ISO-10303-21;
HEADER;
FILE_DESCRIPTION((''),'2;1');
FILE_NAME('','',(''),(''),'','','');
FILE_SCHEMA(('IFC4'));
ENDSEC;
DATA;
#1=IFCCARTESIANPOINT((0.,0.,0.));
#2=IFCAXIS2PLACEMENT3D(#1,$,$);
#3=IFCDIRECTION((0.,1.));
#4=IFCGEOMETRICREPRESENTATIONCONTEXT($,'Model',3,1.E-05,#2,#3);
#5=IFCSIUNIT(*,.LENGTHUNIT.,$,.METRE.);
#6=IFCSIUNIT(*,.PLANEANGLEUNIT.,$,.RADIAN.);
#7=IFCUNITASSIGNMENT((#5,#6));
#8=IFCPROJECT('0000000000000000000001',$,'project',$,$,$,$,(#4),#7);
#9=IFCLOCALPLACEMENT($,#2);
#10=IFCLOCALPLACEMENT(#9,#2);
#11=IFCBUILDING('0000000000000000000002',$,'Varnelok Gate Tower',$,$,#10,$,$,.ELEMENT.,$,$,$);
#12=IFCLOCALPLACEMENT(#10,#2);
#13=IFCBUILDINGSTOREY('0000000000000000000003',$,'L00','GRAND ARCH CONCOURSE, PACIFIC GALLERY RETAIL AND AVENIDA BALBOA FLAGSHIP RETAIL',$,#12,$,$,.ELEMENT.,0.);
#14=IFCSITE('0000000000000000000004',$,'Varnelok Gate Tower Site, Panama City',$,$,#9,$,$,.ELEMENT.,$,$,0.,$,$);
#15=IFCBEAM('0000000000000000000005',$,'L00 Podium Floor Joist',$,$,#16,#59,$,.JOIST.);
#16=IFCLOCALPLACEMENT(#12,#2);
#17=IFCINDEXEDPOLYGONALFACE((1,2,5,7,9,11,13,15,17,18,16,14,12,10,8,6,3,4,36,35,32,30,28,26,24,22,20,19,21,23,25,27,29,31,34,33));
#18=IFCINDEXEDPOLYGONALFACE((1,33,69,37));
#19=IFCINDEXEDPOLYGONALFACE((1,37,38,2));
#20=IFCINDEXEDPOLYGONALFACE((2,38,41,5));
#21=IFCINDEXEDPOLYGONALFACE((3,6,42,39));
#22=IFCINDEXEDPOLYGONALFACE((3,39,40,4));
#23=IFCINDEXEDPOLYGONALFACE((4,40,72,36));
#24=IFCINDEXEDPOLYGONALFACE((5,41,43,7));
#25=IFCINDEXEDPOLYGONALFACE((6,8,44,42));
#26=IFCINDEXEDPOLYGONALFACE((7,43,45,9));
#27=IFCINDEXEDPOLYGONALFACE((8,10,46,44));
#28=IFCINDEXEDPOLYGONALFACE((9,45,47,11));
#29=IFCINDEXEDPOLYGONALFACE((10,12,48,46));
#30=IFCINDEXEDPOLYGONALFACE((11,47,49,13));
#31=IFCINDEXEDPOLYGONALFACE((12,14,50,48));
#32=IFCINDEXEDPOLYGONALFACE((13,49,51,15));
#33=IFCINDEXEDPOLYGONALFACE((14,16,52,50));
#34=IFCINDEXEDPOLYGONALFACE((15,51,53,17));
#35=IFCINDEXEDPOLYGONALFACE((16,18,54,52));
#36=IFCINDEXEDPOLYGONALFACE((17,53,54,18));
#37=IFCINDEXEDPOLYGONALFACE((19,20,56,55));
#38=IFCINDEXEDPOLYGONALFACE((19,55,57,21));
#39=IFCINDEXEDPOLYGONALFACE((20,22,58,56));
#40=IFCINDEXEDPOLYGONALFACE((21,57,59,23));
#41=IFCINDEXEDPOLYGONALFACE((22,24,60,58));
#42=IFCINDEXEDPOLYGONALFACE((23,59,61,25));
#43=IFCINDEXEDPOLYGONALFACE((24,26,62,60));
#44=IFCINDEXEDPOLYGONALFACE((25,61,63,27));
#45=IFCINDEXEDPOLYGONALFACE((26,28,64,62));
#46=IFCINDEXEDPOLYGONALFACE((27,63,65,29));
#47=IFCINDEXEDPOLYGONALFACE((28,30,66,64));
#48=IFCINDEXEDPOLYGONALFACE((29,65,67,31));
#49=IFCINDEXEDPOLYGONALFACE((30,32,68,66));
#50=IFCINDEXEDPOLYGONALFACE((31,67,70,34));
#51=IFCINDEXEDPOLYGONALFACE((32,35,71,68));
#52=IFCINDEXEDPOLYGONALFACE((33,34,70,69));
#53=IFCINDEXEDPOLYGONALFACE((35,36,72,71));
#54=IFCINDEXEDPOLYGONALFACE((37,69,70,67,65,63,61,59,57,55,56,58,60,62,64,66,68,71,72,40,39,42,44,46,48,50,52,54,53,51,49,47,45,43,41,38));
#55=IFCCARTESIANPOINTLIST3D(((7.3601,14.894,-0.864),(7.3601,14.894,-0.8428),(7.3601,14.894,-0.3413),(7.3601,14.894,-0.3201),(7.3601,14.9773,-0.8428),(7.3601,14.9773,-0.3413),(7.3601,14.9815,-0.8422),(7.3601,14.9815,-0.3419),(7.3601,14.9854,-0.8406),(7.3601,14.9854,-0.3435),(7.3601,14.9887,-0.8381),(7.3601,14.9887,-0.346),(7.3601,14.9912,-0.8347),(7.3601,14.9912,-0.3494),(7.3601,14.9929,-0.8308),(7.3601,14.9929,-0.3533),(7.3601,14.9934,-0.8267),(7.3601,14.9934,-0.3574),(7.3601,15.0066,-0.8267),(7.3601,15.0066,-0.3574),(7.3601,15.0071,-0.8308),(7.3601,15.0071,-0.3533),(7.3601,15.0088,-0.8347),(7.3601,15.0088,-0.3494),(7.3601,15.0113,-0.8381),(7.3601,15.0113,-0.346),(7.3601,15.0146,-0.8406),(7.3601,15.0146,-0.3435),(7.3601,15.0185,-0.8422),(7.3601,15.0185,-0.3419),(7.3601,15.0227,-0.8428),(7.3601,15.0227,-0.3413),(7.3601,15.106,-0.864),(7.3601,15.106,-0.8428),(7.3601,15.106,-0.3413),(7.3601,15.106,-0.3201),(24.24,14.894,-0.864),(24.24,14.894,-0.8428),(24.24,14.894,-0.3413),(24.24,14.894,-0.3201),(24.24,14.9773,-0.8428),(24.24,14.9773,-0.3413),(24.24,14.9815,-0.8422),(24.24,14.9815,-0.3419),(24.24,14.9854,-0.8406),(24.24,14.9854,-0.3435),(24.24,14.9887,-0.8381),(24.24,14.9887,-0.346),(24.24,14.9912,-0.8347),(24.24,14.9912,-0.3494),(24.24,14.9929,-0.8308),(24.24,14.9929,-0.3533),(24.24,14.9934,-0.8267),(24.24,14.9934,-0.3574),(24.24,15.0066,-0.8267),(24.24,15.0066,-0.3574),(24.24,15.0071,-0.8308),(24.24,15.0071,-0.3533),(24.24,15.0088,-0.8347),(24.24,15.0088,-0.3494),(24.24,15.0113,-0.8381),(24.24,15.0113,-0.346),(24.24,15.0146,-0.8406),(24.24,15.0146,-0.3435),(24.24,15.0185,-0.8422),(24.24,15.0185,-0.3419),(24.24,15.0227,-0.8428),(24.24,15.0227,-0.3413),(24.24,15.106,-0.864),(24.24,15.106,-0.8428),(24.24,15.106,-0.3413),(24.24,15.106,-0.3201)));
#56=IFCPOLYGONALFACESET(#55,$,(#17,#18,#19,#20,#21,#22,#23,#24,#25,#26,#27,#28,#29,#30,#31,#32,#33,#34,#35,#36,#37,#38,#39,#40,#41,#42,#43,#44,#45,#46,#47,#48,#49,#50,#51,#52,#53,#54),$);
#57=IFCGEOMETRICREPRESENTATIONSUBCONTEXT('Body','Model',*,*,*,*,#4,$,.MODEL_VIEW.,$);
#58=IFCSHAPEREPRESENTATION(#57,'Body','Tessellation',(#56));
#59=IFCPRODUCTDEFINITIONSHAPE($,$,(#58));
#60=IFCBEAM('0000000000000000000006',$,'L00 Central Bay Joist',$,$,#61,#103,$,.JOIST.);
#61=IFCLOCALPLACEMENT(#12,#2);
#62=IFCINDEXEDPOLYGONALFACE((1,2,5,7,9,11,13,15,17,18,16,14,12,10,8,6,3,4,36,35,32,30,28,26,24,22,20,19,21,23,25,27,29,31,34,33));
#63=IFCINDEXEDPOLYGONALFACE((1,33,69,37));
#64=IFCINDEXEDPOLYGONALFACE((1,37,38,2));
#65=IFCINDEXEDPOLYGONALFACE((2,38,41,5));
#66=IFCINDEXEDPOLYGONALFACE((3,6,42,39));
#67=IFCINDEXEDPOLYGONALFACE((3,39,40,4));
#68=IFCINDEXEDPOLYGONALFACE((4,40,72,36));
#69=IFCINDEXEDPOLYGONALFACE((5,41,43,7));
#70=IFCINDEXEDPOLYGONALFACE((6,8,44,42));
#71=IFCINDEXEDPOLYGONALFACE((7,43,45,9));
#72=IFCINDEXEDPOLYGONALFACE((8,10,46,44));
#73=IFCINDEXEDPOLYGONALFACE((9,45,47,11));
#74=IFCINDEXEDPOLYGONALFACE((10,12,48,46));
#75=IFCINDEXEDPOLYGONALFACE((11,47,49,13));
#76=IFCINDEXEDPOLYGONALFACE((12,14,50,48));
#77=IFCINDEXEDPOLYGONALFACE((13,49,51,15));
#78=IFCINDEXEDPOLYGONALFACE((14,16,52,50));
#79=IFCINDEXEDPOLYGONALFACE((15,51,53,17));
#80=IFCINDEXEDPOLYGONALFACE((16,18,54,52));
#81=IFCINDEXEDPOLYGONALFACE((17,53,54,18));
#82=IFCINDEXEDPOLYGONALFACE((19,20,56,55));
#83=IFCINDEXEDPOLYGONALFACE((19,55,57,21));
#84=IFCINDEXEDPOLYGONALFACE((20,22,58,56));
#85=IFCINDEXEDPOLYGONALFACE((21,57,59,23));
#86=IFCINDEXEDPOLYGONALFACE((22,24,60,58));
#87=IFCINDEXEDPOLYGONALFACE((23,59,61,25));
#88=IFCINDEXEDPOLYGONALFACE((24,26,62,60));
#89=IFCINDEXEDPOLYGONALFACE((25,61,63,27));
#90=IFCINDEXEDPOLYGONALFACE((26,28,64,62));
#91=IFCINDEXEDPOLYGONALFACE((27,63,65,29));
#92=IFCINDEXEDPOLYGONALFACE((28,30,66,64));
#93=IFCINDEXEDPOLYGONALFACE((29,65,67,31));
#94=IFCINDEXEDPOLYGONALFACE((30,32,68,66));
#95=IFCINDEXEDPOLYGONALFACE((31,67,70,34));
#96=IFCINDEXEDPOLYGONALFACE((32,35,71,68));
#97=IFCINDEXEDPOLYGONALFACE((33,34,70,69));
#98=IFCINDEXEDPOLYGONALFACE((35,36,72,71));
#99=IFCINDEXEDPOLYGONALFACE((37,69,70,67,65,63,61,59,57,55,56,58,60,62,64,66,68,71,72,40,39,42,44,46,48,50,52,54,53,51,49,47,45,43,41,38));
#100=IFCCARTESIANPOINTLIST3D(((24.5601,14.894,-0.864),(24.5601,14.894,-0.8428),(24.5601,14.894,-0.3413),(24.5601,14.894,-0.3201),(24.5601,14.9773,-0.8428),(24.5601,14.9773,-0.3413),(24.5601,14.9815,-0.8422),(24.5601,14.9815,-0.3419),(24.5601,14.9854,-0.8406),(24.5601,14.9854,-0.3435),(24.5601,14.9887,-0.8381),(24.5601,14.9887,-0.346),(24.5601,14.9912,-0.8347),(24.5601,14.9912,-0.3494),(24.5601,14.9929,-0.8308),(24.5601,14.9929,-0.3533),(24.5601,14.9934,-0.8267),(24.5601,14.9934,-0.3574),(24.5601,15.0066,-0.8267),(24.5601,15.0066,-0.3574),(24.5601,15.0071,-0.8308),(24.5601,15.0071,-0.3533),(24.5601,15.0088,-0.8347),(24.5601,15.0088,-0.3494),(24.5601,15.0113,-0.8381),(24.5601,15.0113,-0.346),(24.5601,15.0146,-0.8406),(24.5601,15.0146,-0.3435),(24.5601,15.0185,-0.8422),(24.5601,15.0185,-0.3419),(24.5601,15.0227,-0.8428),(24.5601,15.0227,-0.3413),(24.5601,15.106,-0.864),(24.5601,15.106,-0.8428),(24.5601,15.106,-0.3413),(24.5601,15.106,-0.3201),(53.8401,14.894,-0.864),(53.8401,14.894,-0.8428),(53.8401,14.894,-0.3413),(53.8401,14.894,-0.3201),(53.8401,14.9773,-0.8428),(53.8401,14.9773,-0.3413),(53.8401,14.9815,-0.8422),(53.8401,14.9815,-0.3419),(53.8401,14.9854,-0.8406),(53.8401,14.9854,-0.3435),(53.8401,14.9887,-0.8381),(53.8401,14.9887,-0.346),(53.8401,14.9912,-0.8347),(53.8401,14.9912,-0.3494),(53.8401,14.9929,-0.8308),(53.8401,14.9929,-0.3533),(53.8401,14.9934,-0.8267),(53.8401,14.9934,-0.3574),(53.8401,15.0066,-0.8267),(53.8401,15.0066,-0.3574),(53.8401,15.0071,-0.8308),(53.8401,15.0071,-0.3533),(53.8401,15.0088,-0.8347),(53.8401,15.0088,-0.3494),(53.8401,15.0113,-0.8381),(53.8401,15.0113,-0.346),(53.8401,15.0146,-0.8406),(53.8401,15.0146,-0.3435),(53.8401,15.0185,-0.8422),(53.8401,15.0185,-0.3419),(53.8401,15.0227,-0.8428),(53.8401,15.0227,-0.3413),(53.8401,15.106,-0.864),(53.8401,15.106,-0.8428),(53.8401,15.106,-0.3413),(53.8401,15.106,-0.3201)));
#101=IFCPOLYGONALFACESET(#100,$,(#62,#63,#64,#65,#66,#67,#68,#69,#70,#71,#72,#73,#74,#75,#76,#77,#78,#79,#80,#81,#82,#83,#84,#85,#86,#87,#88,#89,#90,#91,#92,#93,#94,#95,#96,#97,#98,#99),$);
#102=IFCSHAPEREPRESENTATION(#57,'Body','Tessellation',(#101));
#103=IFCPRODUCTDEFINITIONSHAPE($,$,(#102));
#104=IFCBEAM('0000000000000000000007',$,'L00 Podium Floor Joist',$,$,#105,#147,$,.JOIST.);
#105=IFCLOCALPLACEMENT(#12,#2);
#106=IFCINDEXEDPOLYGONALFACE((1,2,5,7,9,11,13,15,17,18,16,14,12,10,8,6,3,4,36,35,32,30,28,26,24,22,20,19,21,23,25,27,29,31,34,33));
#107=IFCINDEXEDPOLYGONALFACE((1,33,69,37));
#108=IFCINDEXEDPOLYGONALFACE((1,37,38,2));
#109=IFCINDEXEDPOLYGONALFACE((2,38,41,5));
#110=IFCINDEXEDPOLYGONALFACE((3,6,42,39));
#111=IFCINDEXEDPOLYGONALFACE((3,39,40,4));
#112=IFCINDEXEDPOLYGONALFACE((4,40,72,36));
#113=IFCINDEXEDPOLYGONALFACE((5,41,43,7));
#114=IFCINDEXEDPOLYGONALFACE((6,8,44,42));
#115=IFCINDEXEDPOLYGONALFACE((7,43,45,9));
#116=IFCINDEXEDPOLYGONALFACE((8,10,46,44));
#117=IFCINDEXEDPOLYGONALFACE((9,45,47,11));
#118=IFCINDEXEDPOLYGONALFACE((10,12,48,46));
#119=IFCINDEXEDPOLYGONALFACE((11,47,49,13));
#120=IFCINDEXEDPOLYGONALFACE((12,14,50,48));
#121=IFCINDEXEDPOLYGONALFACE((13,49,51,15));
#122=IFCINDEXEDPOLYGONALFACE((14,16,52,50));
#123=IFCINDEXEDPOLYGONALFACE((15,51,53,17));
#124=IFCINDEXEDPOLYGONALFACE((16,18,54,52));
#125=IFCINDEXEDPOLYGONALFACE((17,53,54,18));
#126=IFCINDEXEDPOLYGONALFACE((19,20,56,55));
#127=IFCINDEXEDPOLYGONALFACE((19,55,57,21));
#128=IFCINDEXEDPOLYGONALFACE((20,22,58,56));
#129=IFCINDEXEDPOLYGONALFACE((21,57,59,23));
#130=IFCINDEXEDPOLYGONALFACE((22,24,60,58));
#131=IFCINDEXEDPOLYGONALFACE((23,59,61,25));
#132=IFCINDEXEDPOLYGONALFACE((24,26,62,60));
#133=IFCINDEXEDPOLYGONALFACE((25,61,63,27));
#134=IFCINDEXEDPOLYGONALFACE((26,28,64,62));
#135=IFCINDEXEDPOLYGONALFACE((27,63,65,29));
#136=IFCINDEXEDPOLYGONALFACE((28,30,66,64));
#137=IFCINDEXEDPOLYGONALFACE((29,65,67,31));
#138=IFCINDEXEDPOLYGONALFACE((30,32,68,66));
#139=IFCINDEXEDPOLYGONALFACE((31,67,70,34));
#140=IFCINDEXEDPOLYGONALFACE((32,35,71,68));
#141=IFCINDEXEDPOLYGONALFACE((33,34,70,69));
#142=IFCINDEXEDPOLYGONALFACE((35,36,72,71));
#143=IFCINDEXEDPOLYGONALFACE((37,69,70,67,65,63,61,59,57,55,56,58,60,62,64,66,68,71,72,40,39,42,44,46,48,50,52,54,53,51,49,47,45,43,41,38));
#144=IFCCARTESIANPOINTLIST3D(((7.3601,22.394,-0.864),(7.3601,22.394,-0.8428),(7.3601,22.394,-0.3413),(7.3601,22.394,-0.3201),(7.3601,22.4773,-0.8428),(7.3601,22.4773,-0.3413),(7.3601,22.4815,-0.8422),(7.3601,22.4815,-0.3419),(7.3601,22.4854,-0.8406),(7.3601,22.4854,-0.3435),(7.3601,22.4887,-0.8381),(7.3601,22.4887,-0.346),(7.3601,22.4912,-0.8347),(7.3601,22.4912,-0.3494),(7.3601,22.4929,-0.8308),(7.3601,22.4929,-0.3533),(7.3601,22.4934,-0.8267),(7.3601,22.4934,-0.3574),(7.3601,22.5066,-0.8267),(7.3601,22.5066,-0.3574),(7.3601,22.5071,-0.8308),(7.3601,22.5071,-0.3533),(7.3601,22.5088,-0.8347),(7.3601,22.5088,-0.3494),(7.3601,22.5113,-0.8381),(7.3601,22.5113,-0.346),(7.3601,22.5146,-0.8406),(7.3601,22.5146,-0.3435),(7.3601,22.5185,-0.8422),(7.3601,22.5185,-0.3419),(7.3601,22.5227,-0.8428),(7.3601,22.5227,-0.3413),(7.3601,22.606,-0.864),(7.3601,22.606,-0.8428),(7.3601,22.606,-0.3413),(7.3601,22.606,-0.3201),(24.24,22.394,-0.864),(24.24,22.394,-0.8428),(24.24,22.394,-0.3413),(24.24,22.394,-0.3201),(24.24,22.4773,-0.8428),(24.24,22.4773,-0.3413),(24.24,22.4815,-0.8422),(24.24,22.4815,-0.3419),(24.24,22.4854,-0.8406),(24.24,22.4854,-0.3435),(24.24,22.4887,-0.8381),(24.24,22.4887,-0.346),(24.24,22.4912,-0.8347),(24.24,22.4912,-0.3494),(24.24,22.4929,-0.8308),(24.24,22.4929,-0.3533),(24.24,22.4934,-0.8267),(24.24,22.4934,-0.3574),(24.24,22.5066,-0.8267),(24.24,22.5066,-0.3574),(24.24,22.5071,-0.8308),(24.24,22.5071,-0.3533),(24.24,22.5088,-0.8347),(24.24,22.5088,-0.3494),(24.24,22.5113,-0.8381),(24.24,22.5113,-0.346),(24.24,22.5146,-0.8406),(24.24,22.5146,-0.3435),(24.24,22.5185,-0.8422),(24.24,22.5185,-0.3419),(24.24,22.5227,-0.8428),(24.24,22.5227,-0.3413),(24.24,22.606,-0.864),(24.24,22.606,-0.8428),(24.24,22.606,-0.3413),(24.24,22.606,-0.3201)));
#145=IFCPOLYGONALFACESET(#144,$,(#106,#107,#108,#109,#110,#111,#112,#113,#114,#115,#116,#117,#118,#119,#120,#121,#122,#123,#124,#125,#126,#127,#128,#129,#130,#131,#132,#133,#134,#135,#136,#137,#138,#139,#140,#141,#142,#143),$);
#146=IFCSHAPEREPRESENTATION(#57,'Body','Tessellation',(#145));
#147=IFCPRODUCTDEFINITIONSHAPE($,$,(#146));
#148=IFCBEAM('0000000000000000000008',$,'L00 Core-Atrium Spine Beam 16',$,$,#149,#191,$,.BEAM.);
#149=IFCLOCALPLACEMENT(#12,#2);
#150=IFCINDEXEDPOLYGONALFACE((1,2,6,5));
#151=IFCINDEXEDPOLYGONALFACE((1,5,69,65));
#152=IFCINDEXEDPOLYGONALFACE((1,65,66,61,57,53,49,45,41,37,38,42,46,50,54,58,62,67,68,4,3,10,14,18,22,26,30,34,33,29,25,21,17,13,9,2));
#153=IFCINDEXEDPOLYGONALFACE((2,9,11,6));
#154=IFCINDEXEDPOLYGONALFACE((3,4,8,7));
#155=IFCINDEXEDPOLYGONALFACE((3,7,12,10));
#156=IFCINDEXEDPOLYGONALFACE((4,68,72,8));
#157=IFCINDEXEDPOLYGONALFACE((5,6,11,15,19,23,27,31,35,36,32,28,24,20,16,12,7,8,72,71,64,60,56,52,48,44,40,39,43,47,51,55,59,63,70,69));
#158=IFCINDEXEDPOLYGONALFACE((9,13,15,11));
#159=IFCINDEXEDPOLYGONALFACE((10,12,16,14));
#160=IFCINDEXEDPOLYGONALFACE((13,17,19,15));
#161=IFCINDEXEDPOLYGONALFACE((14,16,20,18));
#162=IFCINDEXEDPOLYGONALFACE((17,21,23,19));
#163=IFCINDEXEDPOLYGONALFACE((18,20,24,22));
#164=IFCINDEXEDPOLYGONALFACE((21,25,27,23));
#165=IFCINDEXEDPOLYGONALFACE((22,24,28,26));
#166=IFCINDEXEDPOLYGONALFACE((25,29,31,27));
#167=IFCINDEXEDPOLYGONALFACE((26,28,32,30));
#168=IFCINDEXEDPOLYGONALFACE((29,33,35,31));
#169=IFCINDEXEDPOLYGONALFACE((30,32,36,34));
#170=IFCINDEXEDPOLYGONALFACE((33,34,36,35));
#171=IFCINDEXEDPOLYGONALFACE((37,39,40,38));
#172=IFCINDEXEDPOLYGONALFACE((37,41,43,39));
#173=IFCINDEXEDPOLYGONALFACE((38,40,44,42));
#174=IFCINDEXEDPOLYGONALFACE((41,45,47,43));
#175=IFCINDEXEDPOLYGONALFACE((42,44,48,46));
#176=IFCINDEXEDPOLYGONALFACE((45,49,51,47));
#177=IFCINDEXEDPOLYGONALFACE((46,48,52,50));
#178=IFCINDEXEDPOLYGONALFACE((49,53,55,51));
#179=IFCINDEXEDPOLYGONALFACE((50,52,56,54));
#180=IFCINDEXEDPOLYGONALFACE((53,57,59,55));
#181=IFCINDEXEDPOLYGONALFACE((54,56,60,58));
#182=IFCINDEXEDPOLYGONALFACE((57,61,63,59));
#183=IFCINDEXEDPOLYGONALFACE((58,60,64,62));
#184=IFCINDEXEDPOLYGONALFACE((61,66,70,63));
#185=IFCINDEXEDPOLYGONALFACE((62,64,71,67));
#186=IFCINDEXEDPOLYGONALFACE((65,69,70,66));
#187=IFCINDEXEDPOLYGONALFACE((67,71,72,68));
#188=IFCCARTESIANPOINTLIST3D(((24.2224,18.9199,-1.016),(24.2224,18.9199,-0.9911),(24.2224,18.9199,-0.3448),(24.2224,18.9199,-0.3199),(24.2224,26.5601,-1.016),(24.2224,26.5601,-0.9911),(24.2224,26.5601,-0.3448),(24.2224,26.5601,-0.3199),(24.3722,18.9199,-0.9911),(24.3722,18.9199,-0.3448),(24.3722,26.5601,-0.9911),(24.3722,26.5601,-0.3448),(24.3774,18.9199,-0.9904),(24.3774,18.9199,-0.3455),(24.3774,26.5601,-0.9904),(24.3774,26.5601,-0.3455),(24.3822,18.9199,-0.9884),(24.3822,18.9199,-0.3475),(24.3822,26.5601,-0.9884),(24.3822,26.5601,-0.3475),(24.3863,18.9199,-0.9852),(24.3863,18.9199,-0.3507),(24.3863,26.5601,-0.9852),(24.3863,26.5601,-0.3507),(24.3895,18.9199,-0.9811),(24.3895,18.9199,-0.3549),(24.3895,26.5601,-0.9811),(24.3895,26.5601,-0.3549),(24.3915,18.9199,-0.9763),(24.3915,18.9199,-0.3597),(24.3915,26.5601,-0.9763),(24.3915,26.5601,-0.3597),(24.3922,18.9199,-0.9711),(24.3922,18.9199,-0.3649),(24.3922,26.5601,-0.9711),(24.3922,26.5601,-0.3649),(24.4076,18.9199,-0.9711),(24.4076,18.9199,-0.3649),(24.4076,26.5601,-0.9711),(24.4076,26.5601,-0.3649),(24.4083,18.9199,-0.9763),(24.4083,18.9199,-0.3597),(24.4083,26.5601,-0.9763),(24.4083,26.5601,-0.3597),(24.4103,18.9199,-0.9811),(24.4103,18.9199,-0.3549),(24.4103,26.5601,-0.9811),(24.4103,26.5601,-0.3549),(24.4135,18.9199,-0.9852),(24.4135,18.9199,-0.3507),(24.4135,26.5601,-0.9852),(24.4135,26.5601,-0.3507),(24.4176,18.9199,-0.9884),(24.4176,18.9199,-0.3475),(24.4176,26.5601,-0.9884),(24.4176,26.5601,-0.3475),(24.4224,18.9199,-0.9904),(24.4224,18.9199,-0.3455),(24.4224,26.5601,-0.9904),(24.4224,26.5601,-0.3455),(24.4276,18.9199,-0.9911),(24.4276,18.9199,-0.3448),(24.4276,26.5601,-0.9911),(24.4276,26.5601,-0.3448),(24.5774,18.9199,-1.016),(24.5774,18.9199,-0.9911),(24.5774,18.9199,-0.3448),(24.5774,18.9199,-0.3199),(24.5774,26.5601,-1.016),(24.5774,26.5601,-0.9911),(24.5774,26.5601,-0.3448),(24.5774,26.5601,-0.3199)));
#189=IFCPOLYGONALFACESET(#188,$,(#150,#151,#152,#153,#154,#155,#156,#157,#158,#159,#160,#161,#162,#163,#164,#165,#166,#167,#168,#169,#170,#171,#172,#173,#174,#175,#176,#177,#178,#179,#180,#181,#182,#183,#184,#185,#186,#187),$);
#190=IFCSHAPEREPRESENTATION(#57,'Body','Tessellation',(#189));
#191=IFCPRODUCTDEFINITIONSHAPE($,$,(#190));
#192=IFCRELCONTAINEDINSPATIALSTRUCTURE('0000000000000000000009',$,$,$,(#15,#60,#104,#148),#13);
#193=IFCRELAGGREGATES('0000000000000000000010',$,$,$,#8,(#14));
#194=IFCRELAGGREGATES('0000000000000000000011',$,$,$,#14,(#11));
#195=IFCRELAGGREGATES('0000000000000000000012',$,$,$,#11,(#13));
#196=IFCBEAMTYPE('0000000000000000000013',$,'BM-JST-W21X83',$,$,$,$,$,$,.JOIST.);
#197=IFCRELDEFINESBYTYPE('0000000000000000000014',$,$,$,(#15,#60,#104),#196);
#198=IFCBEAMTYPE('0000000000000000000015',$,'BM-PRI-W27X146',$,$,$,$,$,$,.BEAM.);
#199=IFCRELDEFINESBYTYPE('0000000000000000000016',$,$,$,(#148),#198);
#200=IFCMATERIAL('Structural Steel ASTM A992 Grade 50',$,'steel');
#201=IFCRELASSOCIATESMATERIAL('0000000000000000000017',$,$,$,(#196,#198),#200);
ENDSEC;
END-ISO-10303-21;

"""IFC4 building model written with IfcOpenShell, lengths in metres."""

from ifc_helpers import new_model, si_unit, direction, frame, origin, origin_2d, place, context, subcontext, project, spatial, i_section, extrude, material, material_profile, profile_set, type_object, element, save


model = new_model("IFC4")

# Units and contexts
model_context = context("Model", 3, precision=1e-05, world=origin(), true_north=direction((0.0, 1.0)))
body_context = subcontext(model_context, "Body", "Model", "MODEL_VIEW")
ifc_project = project(units=[si_unit("LENGTHUNIT", "METRE"), si_unit("PLANEANGLEUNIT", "RADIAN")], contexts=[model_context])

# Site, building, storey
site_placement = place(None, origin())
site = spatial("IfcSite", under=ifc_project, at=site_placement, Name="Varnelok Gate Tower Site, Panama City", CompositionType="ELEMENT", RefElevation=0.0)
building_placement = place(site_placement, origin())
building = spatial("IfcBuilding", under=site, at=building_placement, Name="Varnelok Gate Tower", CompositionType="ELEMENT")
storey_placement = place(building_placement, origin())
storey = spatial("IfcBuildingStorey", under=building, at=storey_placement, Name="L00", Description="GRAND ARCH CONCOURSE, PACIFIC GALLERY RETAIL AND AVENIDA BALBOA FLAGSHIP RETAIL", CompositionType="ELEMENT", Elevation=0.0)

# Shared definitions
ifc_material_1 = material(Name="Structural Steel ASTM A992 Grade 50", Category="steel")

# Beams
ifc_material_profile_1 = material_profile(ifc_material_1, i_section(OverallWidth=0.2119, OverallDepth=0.5439, WebThickness=0.0132, FlangeThickness=0.0212, FilletRadius=0.0161, at=origin_2d()), Name="W21X83")
ifc_profile_set_1 = profile_set([ifc_material_profile_1], Name="Structural Steel ASTM A992 Grade 50")
beam_type_1 = type_object("IfcBeamType", Name="BM-JST-W21X83", PredefinedType="JOIST", material=ifc_profile_set_1)
beam_1_placement = place(storey_placement, frame((7.3601, 15.0, -0.592), z_axis=(1.0, 0.0, 0.0), x_axis=(0.0, 1.0, 0.0)))
element("IfcBeam", 1, at=beam_1_placement, inside=storey, type_object=beam_type_1, Name="L00 Podium Floor Joist", PredefinedType="JOIST", context=body_context, shape_type="SweptSolid", body=[
    extrude(i_section(OverallWidth=0.2119, OverallDepth=0.5439, WebThickness=0.0132, FlangeThickness=0.0212, FilletRadius=0.0161, at=origin_2d()), origin(), (0.0, 0.0, 1.0), 16.8799),
])
beam_2_placement = place(storey_placement, frame((24.5601, 15.0, -0.592), z_axis=(1.0, 0.0, 0.0), x_axis=(0.0, 1.0, 0.0)))
element("IfcBeam", 2, at=beam_2_placement, inside=storey, type_object=beam_type_1, Name="L00 Central Bay Joist", PredefinedType="JOIST", context=body_context, shape_type="SweptSolid", body=[
    extrude(i_section(OverallWidth=0.2119, OverallDepth=0.5439, WebThickness=0.0132, FlangeThickness=0.0212, FilletRadius=0.0161, at=origin_2d()), origin(), (0.0, 0.0, 1.0), 29.28),
])
beam_3_placement = place(storey_placement, frame((7.3601, 22.5, -0.592), z_axis=(1.0, 0.0, 0.0), x_axis=(0.0, 1.0, 0.0)))
element("IfcBeam", 3, at=beam_3_placement, inside=storey, type_object=beam_type_1, Name="L00 Podium Floor Joist", PredefinedType="JOIST", context=body_context, shape_type="SweptSolid", body=[
    extrude(i_section(OverallWidth=0.2119, OverallDepth=0.5439, WebThickness=0.0132, FlangeThickness=0.0212, FilletRadius=0.0161, at=origin_2d()), origin(), (0.0, 0.0, 1.0), 16.8799),
])
ifc_material_profile_2 = material_profile(ifc_material_1, i_section(OverallWidth=0.355, OverallDepth=0.696, WebThickness=0.0154, FlangeThickness=0.0249, FilletRadius=0.02, at=origin_2d()), Name="W27X146")
ifc_profile_set_2 = profile_set([ifc_material_profile_2], Name="Structural Steel ASTM A992 Grade 50")
beam_type_2 = type_object("IfcBeamType", Name="BM-PRI-W27X146", PredefinedType="BEAM", material=ifc_profile_set_2)
beam_4_placement = place(storey_placement, frame((24.3999, 18.9199, -0.668), z_axis=(0.0, 1.0, 0.0), x_axis=(-1.0, 0.0, 0.0)))
element("IfcBeam", 4, at=beam_4_placement, inside=storey, type_object=beam_type_2, Name="L00 Core-Atrium Spine Beam 16", PredefinedType="BEAM", context=body_context, shape_type="SweptSolid", body=[
    extrude(i_section(OverallWidth=0.355, OverallDepth=0.696, WebThickness=0.0154, FlangeThickness=0.0249, FilletRadius=0.02, at=origin_2d()), origin(), (0.0, 0.0, 1.0), 7.6401),
])

save(model, "model.ifc")
